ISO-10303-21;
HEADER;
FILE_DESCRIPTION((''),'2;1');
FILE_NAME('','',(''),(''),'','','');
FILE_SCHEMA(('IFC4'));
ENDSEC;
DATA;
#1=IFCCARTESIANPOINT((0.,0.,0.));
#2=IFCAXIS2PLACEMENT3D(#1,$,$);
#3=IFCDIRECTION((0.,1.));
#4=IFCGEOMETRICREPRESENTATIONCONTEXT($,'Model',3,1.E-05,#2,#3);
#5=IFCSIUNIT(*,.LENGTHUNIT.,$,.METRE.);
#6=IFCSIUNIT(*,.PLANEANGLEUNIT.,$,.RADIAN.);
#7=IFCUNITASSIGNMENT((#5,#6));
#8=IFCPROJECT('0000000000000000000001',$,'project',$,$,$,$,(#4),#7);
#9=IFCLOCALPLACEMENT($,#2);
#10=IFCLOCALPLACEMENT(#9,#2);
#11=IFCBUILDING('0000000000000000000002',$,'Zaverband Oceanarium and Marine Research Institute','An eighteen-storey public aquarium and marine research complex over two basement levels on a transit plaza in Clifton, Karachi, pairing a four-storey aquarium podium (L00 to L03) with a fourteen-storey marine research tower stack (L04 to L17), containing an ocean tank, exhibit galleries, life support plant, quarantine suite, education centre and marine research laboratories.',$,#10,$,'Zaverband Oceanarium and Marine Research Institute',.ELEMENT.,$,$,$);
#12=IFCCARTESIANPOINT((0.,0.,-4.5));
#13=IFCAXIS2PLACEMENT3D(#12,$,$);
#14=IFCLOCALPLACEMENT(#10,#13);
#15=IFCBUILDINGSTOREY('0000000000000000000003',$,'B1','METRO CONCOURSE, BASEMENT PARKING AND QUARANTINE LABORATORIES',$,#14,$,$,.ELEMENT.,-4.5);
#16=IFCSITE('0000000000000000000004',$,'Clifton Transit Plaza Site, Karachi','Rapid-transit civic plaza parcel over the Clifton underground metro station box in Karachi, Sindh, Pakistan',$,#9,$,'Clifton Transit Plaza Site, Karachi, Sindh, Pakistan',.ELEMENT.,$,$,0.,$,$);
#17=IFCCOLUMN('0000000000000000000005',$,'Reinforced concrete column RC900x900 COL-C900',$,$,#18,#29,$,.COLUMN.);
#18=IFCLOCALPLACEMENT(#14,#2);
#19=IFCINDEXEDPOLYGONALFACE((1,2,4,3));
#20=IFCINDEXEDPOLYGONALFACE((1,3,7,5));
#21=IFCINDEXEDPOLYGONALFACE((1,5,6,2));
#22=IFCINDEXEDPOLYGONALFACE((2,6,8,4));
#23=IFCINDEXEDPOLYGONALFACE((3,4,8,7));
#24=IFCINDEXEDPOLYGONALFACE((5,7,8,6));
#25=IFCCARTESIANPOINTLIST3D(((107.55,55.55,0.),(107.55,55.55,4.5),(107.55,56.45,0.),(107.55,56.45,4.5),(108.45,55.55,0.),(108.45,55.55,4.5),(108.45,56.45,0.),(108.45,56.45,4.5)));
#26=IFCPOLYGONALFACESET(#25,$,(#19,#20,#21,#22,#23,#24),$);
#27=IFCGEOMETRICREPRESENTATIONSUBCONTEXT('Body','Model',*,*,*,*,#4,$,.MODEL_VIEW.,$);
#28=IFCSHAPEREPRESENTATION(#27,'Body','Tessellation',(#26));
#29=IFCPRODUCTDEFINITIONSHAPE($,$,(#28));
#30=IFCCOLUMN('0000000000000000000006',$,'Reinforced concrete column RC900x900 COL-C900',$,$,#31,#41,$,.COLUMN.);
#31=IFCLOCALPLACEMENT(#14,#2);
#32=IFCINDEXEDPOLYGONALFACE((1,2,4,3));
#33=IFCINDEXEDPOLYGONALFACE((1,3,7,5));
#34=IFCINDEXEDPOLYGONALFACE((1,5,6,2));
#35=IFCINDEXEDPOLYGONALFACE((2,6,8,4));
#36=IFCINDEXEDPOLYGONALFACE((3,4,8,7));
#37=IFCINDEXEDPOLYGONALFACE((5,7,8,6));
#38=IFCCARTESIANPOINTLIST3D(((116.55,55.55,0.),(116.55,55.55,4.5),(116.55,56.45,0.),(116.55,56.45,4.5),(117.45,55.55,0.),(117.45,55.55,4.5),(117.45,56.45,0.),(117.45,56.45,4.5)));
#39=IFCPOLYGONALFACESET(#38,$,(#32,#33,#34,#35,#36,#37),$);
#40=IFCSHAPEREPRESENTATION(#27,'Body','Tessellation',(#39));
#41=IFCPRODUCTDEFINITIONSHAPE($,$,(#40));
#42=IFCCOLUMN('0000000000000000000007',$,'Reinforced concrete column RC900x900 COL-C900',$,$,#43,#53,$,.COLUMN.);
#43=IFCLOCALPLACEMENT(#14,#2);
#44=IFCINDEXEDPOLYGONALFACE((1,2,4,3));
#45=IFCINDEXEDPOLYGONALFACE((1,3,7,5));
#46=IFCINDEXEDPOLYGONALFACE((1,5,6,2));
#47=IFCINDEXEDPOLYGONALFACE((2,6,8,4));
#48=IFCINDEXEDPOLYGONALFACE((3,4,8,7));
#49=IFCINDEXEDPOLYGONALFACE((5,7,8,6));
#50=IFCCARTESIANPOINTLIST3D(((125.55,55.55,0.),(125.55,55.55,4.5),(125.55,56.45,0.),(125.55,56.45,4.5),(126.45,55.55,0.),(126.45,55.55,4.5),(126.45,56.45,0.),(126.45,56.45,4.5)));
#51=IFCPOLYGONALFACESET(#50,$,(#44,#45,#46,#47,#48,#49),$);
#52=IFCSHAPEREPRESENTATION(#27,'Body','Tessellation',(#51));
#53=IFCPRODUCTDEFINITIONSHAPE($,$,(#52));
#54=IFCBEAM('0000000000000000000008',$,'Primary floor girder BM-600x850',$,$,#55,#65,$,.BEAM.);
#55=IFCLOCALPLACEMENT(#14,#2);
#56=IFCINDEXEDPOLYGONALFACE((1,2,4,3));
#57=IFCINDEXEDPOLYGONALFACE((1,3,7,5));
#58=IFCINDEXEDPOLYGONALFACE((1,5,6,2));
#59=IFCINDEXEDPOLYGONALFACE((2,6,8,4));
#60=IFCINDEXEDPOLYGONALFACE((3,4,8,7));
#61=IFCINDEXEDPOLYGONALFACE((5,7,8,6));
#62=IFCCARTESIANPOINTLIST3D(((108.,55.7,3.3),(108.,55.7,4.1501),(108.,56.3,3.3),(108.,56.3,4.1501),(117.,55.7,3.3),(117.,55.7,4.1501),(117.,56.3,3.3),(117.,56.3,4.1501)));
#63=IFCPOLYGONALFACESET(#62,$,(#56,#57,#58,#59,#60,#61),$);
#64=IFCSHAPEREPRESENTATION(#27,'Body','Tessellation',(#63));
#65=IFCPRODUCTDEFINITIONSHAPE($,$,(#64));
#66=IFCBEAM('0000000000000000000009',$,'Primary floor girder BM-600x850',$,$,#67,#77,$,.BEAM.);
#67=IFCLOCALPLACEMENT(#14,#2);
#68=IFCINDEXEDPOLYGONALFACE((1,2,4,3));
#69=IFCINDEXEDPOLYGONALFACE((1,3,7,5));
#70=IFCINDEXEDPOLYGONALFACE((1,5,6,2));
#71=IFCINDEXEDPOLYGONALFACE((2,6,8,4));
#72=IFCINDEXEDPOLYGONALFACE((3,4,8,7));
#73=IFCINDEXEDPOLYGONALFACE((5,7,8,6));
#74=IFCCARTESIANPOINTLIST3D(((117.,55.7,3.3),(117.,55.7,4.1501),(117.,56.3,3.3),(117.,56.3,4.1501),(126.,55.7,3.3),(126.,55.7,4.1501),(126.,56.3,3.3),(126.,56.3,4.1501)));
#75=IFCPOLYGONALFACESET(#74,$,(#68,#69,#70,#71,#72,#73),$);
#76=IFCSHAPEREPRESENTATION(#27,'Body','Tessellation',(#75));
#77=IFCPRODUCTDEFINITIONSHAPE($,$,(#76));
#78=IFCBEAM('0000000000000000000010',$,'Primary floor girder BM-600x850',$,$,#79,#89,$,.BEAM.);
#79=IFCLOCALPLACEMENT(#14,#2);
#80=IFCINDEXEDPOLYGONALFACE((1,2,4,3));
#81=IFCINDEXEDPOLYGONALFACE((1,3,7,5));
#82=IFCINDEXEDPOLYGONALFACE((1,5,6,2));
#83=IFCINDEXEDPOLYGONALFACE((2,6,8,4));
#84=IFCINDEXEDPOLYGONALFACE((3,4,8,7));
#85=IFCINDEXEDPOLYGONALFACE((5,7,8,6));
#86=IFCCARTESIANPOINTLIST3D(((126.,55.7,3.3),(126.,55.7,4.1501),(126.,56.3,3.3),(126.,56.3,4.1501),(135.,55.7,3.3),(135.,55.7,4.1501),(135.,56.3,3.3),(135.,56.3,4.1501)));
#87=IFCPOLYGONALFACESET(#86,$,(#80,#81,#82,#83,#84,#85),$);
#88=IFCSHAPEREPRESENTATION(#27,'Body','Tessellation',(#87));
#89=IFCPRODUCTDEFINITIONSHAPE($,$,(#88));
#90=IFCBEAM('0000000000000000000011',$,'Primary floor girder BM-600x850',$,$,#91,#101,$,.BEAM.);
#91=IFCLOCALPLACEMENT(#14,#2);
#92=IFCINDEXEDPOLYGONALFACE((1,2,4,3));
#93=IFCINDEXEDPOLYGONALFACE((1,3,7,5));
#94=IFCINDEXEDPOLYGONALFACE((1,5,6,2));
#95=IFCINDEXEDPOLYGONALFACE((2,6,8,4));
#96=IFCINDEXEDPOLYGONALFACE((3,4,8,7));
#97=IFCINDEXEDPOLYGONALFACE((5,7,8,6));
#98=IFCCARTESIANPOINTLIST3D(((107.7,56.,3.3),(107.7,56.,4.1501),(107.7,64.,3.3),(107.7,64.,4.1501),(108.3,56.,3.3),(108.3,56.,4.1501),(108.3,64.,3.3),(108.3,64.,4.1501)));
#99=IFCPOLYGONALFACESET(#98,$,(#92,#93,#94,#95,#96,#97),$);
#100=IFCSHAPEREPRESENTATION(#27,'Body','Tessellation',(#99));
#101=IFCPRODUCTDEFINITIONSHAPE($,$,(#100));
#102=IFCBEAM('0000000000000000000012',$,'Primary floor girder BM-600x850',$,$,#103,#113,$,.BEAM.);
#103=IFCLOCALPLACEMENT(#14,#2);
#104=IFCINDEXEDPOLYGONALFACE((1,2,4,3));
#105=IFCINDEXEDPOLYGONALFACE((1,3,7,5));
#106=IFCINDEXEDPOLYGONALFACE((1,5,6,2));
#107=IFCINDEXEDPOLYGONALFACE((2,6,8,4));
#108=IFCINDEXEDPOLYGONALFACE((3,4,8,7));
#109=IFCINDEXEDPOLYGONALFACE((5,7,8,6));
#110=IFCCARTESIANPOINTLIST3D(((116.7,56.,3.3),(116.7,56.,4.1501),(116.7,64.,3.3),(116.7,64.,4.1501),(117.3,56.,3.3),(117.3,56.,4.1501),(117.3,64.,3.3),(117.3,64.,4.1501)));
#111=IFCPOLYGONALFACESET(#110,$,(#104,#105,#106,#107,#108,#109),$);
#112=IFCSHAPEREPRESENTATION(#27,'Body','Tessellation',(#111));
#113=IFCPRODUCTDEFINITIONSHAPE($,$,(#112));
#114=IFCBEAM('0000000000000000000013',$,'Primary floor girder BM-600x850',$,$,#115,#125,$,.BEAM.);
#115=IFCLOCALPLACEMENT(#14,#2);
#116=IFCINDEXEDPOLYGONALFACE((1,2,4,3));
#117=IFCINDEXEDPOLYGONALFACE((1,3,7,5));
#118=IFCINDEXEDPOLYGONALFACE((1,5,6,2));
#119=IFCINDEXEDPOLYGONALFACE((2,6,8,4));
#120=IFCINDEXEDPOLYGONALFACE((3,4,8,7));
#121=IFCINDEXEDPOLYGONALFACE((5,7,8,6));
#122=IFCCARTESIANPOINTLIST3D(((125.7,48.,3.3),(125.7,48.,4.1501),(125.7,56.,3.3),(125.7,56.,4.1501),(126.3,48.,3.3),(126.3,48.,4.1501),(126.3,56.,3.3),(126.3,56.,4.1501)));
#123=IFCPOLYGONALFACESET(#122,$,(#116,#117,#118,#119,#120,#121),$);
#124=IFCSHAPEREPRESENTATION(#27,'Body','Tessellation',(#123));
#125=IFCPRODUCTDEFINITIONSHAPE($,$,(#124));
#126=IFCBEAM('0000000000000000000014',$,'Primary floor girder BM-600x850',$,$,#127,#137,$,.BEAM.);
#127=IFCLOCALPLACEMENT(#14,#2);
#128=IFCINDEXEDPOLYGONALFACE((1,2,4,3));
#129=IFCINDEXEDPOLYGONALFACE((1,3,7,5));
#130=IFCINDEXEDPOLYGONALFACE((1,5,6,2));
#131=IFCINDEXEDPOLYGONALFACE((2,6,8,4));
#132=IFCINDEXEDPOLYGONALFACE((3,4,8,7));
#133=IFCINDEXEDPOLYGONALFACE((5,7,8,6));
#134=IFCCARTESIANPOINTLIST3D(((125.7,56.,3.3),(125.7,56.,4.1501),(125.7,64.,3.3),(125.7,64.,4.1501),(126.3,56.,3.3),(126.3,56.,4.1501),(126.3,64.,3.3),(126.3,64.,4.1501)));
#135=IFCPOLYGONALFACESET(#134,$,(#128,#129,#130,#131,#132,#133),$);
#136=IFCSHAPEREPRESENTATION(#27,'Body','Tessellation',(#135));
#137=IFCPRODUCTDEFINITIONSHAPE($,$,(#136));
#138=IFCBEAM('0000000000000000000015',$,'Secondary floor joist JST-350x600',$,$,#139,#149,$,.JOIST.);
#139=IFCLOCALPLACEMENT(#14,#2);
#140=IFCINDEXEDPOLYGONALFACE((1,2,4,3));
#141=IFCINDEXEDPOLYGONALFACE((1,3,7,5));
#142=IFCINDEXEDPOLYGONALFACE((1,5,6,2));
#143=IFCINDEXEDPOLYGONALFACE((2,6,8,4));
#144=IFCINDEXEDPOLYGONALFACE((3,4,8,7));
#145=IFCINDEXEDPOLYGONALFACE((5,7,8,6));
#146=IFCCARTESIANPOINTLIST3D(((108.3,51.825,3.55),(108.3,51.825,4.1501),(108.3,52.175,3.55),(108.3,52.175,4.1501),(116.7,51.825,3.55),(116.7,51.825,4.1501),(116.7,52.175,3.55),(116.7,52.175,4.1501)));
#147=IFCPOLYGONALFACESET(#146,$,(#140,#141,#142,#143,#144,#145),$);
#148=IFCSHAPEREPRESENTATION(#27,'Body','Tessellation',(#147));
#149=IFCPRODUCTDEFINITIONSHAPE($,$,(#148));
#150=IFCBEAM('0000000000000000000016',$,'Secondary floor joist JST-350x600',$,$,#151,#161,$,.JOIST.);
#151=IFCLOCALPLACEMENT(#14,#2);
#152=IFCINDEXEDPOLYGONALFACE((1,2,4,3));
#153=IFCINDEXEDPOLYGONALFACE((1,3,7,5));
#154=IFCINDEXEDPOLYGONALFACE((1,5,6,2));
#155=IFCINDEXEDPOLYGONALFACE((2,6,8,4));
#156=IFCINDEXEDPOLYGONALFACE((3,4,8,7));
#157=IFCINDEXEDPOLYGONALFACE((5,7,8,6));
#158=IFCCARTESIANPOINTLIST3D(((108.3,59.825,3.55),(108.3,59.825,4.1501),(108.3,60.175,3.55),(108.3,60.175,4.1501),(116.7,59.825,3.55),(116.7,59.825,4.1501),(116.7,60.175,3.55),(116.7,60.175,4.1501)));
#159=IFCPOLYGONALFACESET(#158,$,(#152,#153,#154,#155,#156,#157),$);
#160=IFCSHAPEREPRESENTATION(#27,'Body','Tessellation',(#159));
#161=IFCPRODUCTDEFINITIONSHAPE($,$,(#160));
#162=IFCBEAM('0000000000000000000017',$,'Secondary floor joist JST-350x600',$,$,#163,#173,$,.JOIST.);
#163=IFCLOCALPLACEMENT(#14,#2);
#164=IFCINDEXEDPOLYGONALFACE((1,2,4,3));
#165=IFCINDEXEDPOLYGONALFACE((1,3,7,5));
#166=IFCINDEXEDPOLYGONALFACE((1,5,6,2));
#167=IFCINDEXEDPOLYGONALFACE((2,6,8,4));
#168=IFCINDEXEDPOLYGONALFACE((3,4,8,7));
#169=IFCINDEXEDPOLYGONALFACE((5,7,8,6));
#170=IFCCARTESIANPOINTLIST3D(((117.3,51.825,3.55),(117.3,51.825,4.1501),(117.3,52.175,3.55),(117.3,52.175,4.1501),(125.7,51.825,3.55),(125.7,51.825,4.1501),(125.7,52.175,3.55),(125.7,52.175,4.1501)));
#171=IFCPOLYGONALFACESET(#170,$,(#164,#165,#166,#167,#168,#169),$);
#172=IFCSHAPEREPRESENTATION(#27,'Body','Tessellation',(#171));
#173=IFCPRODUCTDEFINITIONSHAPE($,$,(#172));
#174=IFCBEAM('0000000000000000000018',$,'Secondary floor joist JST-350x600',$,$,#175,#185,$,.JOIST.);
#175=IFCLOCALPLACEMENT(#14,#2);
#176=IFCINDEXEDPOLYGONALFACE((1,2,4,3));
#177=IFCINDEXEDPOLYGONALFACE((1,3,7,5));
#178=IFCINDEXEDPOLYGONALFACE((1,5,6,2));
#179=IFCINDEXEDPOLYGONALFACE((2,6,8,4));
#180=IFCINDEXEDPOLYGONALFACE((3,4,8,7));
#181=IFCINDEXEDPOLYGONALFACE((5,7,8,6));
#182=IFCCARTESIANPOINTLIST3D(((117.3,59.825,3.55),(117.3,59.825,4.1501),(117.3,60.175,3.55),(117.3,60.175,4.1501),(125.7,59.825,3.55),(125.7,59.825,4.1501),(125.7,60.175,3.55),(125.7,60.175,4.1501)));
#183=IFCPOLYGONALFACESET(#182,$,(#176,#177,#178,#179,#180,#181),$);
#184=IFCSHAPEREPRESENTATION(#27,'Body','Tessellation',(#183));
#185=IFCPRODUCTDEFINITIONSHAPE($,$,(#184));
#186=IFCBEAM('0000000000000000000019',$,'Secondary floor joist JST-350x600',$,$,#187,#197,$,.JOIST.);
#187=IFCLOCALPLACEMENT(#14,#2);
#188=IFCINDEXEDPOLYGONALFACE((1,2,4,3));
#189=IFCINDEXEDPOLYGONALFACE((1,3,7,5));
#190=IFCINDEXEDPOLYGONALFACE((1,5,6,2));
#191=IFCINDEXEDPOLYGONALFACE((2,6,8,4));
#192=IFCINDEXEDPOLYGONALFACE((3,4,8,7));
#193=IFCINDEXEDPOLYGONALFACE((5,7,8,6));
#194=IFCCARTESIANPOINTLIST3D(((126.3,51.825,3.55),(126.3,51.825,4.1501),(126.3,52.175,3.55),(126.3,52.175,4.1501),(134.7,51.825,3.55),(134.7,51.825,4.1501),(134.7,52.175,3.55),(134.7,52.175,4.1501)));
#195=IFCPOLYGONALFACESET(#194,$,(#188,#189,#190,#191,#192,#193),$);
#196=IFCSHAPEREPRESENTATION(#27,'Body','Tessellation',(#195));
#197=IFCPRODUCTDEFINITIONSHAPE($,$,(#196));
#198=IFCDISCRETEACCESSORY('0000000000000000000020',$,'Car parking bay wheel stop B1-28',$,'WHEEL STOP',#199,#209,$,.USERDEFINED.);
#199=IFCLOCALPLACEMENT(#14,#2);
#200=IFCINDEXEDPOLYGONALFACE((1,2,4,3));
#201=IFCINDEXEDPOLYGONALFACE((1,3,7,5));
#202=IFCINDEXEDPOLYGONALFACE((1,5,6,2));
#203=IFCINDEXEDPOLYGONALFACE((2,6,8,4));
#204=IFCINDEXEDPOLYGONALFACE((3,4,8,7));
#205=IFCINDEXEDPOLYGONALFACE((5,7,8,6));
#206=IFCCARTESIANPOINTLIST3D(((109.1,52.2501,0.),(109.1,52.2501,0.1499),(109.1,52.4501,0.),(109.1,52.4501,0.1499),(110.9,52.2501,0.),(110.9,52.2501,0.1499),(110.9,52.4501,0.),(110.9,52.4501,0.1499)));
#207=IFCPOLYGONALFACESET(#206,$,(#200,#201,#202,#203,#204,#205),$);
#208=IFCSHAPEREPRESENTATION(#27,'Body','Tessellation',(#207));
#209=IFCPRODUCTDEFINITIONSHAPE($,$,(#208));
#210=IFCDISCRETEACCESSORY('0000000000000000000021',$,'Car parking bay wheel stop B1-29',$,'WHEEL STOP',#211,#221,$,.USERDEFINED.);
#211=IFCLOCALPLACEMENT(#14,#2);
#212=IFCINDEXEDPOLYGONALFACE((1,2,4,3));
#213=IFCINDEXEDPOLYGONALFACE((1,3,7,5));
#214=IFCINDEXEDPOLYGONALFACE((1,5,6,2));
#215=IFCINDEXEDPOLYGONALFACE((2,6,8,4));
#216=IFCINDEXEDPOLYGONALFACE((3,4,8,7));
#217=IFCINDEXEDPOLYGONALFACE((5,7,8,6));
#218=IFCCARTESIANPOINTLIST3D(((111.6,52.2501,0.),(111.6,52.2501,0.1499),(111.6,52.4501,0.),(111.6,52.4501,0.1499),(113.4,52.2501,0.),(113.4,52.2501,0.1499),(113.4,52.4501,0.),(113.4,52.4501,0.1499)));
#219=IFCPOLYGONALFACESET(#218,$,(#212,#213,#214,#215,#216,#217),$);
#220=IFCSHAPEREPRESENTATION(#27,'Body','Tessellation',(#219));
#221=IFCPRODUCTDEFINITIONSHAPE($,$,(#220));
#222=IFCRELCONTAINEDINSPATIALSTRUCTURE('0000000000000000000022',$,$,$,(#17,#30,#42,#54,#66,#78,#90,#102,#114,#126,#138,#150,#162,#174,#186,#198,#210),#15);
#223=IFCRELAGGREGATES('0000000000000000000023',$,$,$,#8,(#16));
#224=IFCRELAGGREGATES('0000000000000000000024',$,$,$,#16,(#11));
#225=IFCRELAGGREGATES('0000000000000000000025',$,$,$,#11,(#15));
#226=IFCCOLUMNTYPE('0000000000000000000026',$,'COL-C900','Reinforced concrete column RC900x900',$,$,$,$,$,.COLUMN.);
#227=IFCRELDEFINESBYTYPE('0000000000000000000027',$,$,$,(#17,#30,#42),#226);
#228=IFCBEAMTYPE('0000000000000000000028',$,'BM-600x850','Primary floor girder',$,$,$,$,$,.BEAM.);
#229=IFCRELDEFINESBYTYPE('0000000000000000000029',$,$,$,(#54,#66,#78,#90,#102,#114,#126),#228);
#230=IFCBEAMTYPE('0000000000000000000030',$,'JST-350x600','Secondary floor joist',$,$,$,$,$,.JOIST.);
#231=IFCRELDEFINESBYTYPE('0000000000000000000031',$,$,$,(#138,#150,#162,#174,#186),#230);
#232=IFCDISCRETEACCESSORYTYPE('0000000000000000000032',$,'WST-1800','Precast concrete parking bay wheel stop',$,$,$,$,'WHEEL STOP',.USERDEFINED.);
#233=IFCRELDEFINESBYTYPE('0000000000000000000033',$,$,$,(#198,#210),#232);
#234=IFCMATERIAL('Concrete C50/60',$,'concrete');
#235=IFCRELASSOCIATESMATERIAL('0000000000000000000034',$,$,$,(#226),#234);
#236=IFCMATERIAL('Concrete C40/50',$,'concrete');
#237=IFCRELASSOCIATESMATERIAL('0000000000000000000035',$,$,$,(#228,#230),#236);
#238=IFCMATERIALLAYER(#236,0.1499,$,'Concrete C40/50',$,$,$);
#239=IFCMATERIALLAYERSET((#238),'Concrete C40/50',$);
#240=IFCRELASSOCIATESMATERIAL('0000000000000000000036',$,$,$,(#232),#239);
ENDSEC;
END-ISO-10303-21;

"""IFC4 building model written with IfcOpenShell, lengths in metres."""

from ifc_helpers import new_model, si_unit, direction, frame, origin, origin_2d, place, context, subcontext, project, spatial, rectangle, extrude, material, layer, layer_set, material_profile, profile_set, type_object, element, save


model = new_model("IFC4")

# Units and contexts
model_context = context("Model", 3, precision=1e-05, world=origin(), true_north=direction((0.0, 1.0)))
body_context = subcontext(model_context, "Body", "Model", "MODEL_VIEW")
ifc_project = project(units=[si_unit("LENGTHUNIT", "METRE"), si_unit("PLANEANGLEUNIT", "RADIAN")], contexts=[model_context])

# Site, building, storey
site_placement = place(None, origin())
site = spatial("IfcSite", under=ifc_project, at=site_placement, Name="Clifton Transit Plaza Site, Karachi", Description="Rapid-transit civic plaza parcel over the Clifton underground metro station box in Karachi, Sindh, Pakistan", LongName="Clifton Transit Plaza Site, Karachi, Sindh, Pakistan", CompositionType="ELEMENT", RefElevation=0.0)
building_placement = place(site_placement, origin())
building = spatial("IfcBuilding", under=site, at=building_placement, Name="Zaverband Oceanarium and Marine Research Institute", Description="An eighteen-storey public aquarium and marine research complex over two basement levels on a transit plaza in Clifton, Karachi, pairing a four-storey aquarium podium (L00 to L03) with a fourteen-storey marine research tower stack (L04 to L17), containing an ocean tank, exhibit galleries, life support plant, quarantine suite, education centre and marine research laboratories.", LongName="Zaverband Oceanarium and Marine Research Institute", CompositionType="ELEMENT")
storey_placement = place(building_placement, frame((0.0, 0.0, -4.5)))
storey = spatial("IfcBuildingStorey", under=building, at=storey_placement, Name="B1", Description="METRO CONCOURSE, BASEMENT PARKING AND QUARANTINE LABORATORIES", CompositionType="ELEMENT", Elevation=-4.5)

# Columns
ifc_material_1 = material(Name="Concrete C50/60", Category="concrete")
ifc_material_profile_1 = material_profile(ifc_material_1, rectangle(XDim=0.8999, YDim=0.8999, at=origin_2d()), Name="RC900x900")
ifc_profile_set_1 = profile_set([ifc_material_profile_1], Name="Concrete C50/60")
column_type = type_object("IfcColumnType", Name="COL-C900", Description="Reinforced concrete column RC900x900", PredefinedType="COLUMN", material=ifc_profile_set_1)
for number, where, z_axis, x_axis, name in (
    (1, (108.0, 56.0, 0.0), (0.0, 0.0, 1.0), (1.0, 0.0, 0.0), "Reinforced concrete column RC900x900 COL-C900"),
    (2, (117.0, 56.0, 0.0), (0.0, 0.0, 1.0), (1.0, 0.0, 0.0), "Reinforced concrete column RC900x900 COL-C900"),
    (3, (126.0, 56.0, 0.0), (0.0, 0.0, 1.0), (1.0, 0.0, 0.0), "Reinforced concrete column RC900x900 COL-C900"),
):
    element("IfcColumn", number, at=place(storey_placement, frame(where, z_axis=z_axis, x_axis=x_axis)), inside=storey, type_object=column_type, Name=name, PredefinedType="COLUMN", context=body_context, shape_type="SweptSolid", body=[
        extrude(rectangle(XDim=0.8999, YDim=0.8999, at=origin_2d()), origin(), (0.0, 0.0, 1.0), 4.5),
    ])

# Beams
ifc_material_2 = material(Name="Concrete C40/50", Category="concrete")
ifc_material_profile_2 = material_profile(ifc_material_2, rectangle(XDim=0.6001, YDim=0.8501, at=origin_2d()), Name="RC600x850")
ifc_profile_set_2 = profile_set([ifc_material_profile_2], Name="Concrete C40/50")
beam_type_1 = type_object("IfcBeamType", Name="BM-600x850", Description="Primary floor girder", PredefinedType="BEAM", material=ifc_profile_set_2)
for number, where, z_axis, x_axis, name in (
    (4, (108.0, 56.0, 3.7251), (1.0, 0.0, 0.0), (0.0, 1.0, 0.0), "Primary floor girder BM-600x850"),
    (5, (117.0, 56.0, 3.7251), (1.0, 0.0, 0.0), (0.0, 1.0, 0.0), "Primary floor girder BM-600x850"),
    (6, (126.0, 56.0, 3.7251), (1.0, 0.0, 0.0), (0.0, 1.0, 0.0), "Primary floor girder BM-600x850"),
):
    element("IfcBeam", number, at=place(storey_placement, frame(where, z_axis=z_axis, x_axis=x_axis)), inside=storey, type_object=beam_type_1, Name=name, PredefinedType="BEAM", context=body_context, shape_type="SweptSolid", body=[
        extrude(rectangle(XDim=0.6001, YDim=0.8501, at=origin_2d()), origin(), (0.0, 0.0, 1.0), 9.0),
    ])
for number, where, z_axis, x_axis, name in (
    (7, (108.0, 56.0, 3.7251), (0.0, 1.0, 0.0), (-1.0, 0.0, 0.0), "Primary floor girder BM-600x850"),
    (8, (117.0, 56.0, 3.7251), (0.0, 1.0, 0.0), (-1.0, 0.0, 0.0), "Primary floor girder BM-600x850"),
    (9, (126.0, 48.0, 3.7251), (0.0, 1.0, 0.0), (-1.0, 0.0, 0.0), "Primary floor girder BM-600x850"),
    (10, (126.0, 56.0, 3.7251), (0.0, 1.0, 0.0), (-1.0, 0.0, 0.0), "Primary floor girder BM-600x850"),
):
    element("IfcBeam", number, at=place(storey_placement, frame(where, z_axis=z_axis, x_axis=x_axis)), inside=storey, type_object=beam_type_1, Name=name, PredefinedType="BEAM", context=body_context, shape_type="SweptSolid", body=[
        extrude(rectangle(XDim=0.6001, YDim=0.8501, at=origin_2d()), origin(), (0.0, 0.0, 1.0), 8.0),
    ])
ifc_material_profile_3 = material_profile(ifc_material_2, rectangle(XDim=0.3501, YDim=0.6001, at=origin_2d()), Name="RC350x600")
ifc_profile_set_3 = profile_set([ifc_material_profile_3], Name="Concrete C40/50")
beam_type_2 = type_object("IfcBeamType", Name="JST-350x600", Description="Secondary floor joist", PredefinedType="JOIST", material=ifc_profile_set_3)
for number, where, z_axis, x_axis, name in (
    (11, (108.3, 52.0, 3.8501), (1.0, 0.0, 0.0), (0.0, 1.0, 0.0), "Secondary floor joist JST-350x600"),
    (12, (108.3, 60.0, 3.8501), (1.0, 0.0, 0.0), (0.0, 1.0, 0.0), "Secondary floor joist JST-350x600"),
    (13, (117.3, 52.0, 3.8501), (1.0, 0.0, 0.0), (0.0, 1.0, 0.0), "Secondary floor joist JST-350x600"),
    (14, (117.3, 60.0, 3.8501), (1.0, 0.0, 0.0), (0.0, 1.0, 0.0), "Secondary floor joist JST-350x600"),
    (15, (126.3, 52.0, 3.8501), (1.0, 0.0, 0.0), (0.0, 1.0, 0.0), "Secondary floor joist JST-350x600"),
):
    element("IfcBeam", number, at=place(storey_placement, frame(where, z_axis=z_axis, x_axis=x_axis)), inside=storey, type_object=beam_type_2, Name=name, PredefinedType="JOIST", context=body_context, shape_type="SweptSolid", body=[
        extrude(rectangle(XDim=0.3501, YDim=0.6001, at=origin_2d()), origin(), (0.0, 0.0, 1.0), 8.3999),
    ])

# Discrete accessories
ifc_layer = layer(ifc_material_2, 0.1499, Name="Concrete C40/50")
ifc_layer_set = layer_set([ifc_layer], Name="Concrete C40/50")
discrete_accessory_type = type_object("IfcDiscreteAccessoryType", Name="WST-1800", Description="Precast concrete parking bay wheel stop", ElementType="WHEEL STOP", PredefinedType="USERDEFINED", material=ifc_layer_set)
for number, where, z_axis, x_axis, name in (
    (16, (110.0, 52.3501, 0.0), (0.0, 0.0, 1.0), (1.0, 0.0, 0.0), "Car parking bay wheel stop B1-28"),
    (17, (112.5, 52.3501, 0.0), (0.0, 0.0, 1.0), (1.0, 0.0, 0.0), "Car parking bay wheel stop B1-29"),
):
    element("IfcDiscreteAccessory", number, at=place(storey_placement, frame(where, z_axis=z_axis, x_axis=x_axis)), inside=storey, type_object=discrete_accessory_type, Name=name, ObjectType="WHEEL STOP", PredefinedType="USERDEFINED", context=body_context, shape_type="SweptSolid", body=[
        extrude(rectangle(XDim=1.8, YDim=0.2, at=origin_2d()), origin(), (0.0, 0.0, 1.0), 0.1499),
    ])

save(model, "model.ifc")
